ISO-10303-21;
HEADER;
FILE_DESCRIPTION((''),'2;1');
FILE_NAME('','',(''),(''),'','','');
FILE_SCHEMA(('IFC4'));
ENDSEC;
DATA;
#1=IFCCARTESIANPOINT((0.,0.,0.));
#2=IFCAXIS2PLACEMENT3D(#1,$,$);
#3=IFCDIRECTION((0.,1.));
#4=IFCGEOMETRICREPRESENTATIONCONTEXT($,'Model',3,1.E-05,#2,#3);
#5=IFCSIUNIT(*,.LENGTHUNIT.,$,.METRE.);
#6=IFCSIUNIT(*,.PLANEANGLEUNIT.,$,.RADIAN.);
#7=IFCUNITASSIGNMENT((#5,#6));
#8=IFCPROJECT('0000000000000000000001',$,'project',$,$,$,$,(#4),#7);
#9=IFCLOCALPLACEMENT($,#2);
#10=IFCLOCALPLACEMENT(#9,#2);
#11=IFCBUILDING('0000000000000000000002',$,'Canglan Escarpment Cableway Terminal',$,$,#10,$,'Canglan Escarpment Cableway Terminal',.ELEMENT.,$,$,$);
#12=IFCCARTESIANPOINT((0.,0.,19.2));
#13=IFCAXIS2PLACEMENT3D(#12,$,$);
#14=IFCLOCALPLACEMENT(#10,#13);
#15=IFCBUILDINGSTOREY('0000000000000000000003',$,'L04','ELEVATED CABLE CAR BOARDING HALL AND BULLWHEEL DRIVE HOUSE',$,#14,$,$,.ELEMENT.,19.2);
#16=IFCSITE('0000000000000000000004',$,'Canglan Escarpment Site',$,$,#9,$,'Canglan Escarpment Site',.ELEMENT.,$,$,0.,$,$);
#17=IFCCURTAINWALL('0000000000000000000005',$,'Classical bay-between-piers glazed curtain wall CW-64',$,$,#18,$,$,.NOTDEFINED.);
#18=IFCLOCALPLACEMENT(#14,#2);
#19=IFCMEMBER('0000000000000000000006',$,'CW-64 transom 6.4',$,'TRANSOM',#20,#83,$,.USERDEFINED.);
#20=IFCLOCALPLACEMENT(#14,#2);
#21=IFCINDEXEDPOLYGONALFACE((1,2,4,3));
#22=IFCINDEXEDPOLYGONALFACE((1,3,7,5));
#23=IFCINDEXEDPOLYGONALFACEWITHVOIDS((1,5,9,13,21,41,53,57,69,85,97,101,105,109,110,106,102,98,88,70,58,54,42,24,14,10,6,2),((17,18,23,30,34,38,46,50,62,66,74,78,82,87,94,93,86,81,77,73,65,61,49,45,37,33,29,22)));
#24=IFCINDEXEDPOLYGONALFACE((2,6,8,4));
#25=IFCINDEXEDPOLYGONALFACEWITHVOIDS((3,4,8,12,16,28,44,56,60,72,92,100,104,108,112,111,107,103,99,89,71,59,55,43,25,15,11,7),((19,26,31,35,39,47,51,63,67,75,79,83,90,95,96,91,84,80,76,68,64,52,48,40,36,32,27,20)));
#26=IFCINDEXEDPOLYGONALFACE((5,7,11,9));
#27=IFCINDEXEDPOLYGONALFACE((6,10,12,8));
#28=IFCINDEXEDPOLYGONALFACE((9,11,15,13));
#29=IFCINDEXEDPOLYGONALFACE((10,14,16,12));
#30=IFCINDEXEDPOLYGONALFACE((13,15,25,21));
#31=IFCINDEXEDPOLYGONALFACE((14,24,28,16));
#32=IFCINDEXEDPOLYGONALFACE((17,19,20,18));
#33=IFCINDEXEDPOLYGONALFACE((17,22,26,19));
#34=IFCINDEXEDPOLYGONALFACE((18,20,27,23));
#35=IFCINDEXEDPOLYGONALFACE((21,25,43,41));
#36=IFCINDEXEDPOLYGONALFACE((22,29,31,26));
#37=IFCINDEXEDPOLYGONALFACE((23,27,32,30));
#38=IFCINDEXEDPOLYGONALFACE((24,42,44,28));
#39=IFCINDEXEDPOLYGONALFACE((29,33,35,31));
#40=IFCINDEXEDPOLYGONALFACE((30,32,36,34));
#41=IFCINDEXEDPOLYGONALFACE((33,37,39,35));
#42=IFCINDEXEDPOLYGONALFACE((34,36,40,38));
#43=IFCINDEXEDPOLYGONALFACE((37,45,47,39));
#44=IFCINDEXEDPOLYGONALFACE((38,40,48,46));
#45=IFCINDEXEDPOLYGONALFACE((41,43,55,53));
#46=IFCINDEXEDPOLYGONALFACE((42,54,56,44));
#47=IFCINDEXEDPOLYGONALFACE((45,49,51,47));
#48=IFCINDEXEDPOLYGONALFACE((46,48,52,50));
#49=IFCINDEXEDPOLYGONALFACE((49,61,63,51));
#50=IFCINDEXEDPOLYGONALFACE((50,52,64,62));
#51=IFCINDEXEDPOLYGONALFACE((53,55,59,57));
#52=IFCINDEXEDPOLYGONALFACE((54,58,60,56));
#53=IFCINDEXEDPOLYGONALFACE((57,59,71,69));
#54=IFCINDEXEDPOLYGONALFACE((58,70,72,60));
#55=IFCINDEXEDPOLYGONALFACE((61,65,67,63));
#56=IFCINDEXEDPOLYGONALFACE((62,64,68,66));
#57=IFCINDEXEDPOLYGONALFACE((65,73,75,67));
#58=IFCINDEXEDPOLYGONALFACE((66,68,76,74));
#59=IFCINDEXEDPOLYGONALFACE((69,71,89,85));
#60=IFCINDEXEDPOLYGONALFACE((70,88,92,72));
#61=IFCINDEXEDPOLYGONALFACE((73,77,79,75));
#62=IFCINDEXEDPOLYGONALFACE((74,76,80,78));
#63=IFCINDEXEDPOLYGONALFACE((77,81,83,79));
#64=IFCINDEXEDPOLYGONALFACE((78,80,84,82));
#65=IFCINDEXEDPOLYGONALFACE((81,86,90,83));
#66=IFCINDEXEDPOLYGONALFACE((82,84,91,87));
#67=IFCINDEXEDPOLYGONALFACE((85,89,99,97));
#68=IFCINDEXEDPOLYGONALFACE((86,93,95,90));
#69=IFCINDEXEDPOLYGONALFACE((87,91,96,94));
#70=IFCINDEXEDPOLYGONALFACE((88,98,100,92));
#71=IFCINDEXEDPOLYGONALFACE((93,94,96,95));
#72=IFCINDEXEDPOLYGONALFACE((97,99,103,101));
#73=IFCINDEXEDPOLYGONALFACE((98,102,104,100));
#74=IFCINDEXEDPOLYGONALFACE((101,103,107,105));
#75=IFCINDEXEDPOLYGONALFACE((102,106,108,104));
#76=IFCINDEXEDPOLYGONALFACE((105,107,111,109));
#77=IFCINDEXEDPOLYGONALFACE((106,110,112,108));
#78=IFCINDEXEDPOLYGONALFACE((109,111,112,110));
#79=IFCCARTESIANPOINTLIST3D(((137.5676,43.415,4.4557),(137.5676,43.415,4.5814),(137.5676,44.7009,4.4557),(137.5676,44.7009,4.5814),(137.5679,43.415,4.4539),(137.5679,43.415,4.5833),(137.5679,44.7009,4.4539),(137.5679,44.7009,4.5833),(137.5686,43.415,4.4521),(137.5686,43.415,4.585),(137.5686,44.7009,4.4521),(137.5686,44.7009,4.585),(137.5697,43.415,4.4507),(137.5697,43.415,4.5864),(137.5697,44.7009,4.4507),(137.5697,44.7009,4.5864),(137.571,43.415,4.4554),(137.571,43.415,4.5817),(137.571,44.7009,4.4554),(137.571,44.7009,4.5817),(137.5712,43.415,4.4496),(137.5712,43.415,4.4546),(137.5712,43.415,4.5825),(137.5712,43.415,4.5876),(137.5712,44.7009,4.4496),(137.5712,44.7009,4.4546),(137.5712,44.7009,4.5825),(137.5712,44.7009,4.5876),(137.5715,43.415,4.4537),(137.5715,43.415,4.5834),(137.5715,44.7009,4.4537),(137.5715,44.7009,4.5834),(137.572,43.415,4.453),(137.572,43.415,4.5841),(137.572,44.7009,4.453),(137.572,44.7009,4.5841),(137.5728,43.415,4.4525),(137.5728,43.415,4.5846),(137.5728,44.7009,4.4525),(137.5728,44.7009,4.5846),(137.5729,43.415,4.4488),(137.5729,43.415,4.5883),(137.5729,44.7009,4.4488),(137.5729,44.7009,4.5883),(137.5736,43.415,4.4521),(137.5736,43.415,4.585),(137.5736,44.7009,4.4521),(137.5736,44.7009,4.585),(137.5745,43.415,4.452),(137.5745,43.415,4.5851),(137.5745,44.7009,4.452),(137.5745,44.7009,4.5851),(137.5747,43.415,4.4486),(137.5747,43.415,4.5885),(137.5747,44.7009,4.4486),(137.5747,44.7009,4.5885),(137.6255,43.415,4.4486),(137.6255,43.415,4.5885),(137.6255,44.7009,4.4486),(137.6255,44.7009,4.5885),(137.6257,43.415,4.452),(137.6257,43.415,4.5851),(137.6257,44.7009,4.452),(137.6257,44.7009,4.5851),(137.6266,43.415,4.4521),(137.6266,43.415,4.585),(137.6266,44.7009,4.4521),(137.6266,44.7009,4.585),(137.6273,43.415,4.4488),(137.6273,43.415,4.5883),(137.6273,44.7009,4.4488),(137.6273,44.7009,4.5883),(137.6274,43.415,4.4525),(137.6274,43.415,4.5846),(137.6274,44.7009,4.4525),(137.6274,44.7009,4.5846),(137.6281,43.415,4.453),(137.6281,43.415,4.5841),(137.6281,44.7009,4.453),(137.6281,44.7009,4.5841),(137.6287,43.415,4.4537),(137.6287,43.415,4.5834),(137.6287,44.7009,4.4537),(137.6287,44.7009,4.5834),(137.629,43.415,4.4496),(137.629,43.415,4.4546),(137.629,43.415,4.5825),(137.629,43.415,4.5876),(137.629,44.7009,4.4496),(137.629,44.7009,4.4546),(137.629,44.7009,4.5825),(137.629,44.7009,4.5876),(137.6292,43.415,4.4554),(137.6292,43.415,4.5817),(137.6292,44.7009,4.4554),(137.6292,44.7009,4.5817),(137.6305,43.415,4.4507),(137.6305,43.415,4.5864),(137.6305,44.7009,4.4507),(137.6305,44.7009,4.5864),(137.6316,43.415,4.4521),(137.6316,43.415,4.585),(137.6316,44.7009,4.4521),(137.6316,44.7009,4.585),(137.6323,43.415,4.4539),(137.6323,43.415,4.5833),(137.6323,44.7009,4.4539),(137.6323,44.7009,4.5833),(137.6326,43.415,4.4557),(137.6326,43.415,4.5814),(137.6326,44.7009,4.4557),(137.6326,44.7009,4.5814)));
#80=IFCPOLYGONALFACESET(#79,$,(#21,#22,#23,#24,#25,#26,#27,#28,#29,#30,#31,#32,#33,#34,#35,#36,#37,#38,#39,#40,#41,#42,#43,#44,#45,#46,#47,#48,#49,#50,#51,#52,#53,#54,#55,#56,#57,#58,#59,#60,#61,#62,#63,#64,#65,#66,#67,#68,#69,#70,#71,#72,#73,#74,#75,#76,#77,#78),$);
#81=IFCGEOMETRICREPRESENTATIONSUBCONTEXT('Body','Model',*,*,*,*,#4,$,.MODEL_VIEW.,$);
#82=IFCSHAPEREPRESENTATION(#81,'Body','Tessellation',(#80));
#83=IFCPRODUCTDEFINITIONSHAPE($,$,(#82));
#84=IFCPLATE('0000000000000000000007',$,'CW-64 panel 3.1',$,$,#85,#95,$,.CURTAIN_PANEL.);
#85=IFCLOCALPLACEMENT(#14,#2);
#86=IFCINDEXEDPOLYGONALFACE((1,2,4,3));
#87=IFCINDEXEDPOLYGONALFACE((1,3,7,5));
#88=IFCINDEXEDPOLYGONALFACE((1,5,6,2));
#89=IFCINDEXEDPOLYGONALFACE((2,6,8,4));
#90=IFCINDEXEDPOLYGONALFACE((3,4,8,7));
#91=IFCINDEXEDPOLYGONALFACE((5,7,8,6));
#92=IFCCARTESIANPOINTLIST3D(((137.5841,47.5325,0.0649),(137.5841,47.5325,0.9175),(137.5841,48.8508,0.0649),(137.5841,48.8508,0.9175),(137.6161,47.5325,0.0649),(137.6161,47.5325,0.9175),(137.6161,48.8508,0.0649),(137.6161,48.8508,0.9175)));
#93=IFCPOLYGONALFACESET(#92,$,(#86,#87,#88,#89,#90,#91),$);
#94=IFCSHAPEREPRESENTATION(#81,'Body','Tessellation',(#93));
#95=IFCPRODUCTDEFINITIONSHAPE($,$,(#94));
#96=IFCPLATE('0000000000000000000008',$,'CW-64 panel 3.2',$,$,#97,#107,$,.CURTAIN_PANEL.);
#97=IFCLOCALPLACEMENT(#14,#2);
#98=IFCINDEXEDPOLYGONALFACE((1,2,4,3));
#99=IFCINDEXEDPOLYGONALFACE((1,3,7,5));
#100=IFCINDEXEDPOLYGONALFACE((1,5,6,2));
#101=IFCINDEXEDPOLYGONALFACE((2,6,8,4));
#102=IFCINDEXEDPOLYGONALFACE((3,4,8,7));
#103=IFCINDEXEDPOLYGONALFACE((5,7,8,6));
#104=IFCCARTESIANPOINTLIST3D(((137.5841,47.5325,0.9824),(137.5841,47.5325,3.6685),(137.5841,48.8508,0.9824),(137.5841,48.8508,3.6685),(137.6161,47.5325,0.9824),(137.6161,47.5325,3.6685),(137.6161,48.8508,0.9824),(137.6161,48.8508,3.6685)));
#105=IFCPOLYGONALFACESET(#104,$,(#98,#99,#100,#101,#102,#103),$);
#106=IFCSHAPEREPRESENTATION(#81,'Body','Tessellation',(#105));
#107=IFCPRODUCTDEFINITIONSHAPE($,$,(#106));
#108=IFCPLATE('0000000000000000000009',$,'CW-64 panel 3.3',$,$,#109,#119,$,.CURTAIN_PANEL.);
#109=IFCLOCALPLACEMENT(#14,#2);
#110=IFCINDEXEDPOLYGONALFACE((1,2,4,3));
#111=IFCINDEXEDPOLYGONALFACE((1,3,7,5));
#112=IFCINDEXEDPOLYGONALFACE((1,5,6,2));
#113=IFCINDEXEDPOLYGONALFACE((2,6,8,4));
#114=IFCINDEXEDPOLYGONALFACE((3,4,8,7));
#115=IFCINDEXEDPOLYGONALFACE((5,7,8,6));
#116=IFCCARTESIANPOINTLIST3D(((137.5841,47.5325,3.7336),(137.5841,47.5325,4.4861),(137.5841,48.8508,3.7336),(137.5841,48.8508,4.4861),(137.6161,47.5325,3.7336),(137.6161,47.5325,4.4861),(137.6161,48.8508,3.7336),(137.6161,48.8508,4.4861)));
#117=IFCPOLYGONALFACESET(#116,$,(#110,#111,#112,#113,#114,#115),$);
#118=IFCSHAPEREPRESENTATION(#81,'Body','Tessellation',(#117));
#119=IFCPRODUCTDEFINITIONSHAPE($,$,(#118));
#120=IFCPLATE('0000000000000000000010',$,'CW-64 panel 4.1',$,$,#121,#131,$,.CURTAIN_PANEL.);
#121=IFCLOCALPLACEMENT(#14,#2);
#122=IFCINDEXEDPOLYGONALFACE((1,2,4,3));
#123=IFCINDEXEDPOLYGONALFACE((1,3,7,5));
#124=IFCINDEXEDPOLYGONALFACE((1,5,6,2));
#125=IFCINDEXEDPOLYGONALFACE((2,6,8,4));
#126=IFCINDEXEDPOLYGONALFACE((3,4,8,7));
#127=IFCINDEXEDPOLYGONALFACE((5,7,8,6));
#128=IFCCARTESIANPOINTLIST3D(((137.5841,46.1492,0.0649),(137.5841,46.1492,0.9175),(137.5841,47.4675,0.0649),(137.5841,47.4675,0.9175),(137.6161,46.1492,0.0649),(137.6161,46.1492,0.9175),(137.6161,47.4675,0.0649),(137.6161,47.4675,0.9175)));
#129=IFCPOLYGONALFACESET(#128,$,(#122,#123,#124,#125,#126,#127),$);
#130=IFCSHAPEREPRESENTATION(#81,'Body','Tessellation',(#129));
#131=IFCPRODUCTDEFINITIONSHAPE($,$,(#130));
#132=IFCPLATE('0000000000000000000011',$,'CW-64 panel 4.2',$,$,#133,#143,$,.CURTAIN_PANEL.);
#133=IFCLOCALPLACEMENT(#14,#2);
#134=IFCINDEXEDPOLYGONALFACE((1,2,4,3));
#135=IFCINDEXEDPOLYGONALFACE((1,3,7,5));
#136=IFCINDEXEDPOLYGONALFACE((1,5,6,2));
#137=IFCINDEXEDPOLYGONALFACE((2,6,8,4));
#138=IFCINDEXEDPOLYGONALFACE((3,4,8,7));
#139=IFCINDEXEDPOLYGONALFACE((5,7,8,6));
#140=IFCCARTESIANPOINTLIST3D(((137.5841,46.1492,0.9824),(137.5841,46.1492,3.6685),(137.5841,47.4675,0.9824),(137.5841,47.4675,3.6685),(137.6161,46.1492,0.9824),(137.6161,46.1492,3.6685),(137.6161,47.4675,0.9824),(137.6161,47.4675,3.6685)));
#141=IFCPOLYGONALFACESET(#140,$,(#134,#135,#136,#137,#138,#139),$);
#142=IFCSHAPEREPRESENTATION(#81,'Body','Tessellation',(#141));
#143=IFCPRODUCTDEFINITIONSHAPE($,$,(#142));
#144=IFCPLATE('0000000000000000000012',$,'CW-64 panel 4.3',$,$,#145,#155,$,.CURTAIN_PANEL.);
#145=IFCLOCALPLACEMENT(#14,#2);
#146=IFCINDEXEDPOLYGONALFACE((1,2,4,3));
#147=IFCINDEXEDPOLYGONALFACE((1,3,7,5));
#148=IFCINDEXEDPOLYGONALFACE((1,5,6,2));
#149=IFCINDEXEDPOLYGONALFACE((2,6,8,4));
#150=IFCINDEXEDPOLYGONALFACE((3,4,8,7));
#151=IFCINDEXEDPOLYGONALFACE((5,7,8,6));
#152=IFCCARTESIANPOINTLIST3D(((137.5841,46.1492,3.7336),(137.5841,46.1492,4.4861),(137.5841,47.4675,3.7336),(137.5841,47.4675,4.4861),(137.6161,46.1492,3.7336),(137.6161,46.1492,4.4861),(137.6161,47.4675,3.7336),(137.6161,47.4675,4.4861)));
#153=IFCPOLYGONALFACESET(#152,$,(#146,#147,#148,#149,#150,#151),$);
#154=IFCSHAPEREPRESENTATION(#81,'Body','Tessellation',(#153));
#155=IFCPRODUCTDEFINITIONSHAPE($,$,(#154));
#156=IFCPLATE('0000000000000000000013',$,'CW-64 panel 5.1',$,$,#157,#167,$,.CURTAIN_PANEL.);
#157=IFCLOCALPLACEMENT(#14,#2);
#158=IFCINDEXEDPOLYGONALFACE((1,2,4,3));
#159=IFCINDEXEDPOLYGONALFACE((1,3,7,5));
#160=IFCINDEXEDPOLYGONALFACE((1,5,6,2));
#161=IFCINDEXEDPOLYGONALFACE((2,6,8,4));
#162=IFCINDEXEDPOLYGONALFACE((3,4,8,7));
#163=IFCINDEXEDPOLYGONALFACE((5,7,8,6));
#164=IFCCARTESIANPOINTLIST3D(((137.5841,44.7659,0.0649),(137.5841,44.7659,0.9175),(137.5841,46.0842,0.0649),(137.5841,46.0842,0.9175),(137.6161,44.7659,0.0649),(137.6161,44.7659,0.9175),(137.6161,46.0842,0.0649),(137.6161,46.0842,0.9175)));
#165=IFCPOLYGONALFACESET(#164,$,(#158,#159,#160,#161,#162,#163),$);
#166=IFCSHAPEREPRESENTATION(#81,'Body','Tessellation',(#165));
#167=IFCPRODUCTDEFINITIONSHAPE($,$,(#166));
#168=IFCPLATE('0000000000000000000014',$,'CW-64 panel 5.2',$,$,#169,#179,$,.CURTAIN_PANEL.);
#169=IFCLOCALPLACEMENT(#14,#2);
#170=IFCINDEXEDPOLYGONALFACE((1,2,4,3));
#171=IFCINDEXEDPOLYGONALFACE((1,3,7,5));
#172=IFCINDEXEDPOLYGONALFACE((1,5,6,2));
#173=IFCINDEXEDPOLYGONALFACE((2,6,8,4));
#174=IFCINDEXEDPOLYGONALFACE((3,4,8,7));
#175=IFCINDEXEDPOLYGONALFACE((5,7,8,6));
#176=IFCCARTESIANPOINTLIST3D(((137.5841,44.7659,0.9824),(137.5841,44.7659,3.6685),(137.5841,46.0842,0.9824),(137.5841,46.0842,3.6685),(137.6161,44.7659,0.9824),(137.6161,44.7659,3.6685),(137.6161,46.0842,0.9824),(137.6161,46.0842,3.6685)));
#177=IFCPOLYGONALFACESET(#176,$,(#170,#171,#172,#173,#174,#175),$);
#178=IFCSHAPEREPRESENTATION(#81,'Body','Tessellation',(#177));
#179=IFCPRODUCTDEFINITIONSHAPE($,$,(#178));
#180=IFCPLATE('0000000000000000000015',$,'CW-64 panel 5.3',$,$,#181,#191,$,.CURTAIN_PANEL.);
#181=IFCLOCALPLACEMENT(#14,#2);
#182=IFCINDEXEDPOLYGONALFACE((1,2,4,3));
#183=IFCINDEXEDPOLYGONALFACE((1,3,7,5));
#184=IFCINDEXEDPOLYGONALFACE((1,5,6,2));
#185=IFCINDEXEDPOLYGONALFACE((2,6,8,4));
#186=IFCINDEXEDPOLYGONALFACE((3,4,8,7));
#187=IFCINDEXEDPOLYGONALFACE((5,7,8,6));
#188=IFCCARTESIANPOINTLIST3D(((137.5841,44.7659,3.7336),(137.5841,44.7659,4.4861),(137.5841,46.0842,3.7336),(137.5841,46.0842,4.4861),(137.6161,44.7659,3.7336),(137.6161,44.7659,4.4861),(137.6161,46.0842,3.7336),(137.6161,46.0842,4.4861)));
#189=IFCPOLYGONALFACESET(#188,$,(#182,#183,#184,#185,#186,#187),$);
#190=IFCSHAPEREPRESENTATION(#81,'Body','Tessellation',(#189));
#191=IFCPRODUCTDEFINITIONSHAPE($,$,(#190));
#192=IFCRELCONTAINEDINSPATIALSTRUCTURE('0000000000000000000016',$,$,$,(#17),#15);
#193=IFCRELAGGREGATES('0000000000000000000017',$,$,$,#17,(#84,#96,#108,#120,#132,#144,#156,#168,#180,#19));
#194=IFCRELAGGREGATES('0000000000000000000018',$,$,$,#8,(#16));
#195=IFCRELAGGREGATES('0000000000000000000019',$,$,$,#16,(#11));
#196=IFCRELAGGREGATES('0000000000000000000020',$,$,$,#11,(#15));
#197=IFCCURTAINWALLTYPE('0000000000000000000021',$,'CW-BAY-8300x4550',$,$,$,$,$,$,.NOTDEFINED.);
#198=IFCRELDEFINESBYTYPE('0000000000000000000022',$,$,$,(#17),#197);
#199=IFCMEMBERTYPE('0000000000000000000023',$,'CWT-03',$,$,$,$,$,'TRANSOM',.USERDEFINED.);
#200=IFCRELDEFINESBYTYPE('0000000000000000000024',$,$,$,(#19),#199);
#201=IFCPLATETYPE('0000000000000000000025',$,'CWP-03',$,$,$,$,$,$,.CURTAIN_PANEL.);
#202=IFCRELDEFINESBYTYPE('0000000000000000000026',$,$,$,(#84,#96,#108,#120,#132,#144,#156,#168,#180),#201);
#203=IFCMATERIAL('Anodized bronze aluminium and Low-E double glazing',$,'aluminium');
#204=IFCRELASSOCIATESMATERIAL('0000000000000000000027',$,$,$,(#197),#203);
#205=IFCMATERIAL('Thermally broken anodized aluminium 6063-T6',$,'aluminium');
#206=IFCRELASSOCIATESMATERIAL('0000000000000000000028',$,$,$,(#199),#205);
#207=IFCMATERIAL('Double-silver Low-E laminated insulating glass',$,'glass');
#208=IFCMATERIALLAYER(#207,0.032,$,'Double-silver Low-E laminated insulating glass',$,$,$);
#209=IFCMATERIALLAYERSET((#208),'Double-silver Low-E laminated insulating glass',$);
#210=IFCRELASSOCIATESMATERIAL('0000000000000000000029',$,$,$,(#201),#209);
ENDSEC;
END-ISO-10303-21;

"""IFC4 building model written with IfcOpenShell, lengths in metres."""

from ifc_helpers import new_model, si_unit, direction, frame, origin, origin_2d, place, context, subcontext, project, spatial, rectangle, hollow_rectangle, extrude, material, layer, layer_set, material_profile, profile_set, type_object, element, aggregate, save


model = new_model("IFC4")

# Units and contexts
model_context = context("Model", 3, precision=1e-05, world=origin(), true_north=direction((0.0, 1.0)))
body_context = subcontext(model_context, "Body", "Model", "MODEL_VIEW")
ifc_project = project(units=[si_unit("LENGTHUNIT", "METRE"), si_unit("PLANEANGLEUNIT", "RADIAN")], contexts=[model_context])

# Site, building, storey
site_placement = place(None, origin())
site = spatial("IfcSite", under=ifc_project, at=site_placement, Name="Canglan Escarpment Site", LongName="Canglan Escarpment Site", CompositionType="ELEMENT", RefElevation=0.0)
building_placement = place(site_placement, origin())
building = spatial("IfcBuilding", under=site, at=building_placement, Name="Canglan Escarpment Cableway Terminal", LongName="Canglan Escarpment Cableway Terminal", CompositionType="ELEMENT")
storey_placement = place(building_placement, frame((0.0, 0.0, 19.2)))
storey = spatial("IfcBuildingStorey", under=building, at=storey_placement, Name="L04", Description="ELEVATED CABLE CAR BOARDING HALL AND BULLWHEEL DRIVE HOUSE", CompositionType="ELEMENT", Elevation=19.2)

# Curtain wall, member, plates
ifc_material_1 = material(Name="Anodized bronze aluminium and Low-E double glazing", Category="aluminium")
curtain_wall_type = type_object("IfcCurtainWallType", Name="CW-BAY-8300x4550", PredefinedType="NOTDEFINED", material=ifc_material_1)
curtain_wall_placement = place(storey_placement, origin())
curtain_wall = element("IfcCurtainWall", 1, at=curtain_wall_placement, inside=storey, type_object=curtain_wall_type, Name="Classical bay-between-piers glazed curtain wall CW-64", PredefinedType="NOTDEFINED")
ifc_material_2 = material(Name="Thermally broken anodized aluminium 6063-T6", Category="aluminium")
ifc_material_profile_1 = material_profile(ifc_material_2, hollow_rectangle(XDim=0.0649, YDim=0.1399, WallThickness=0.0034, InnerFilletRadius=0.0034, OuterFilletRadius=0.0071, at=origin_2d()), Name="ALU-TRAN 65x140x3.5")
ifc_profile_set_1 = profile_set([ifc_material_profile_1], Name="Thermally broken anodized aluminium 6063-T6")
member_type_1 = type_object("IfcMemberType", Name="CWT-03", ElementType="TRANSOM", PredefinedType="USERDEFINED", material=ifc_profile_set_1)
member_1_placement = place(storey_placement, frame((137.6001, 44.7009, 4.5186), z_axis=(0.0, -1.0, 0.0), x_axis=(1.0, 0.0, 0.0)))
member_1 = element("IfcMember", 2, at=member_1_placement, type_object=member_type_1, Name="CW-64 transom 6.4", ObjectType="TRANSOM", PredefinedType="USERDEFINED", context=body_context, shape_type="SweptSolid", body=[
    extrude(hollow_rectangle(XDim=0.0649, YDim=0.1399, WallThickness=0.0034, InnerFilletRadius=0.0034, OuterFilletRadius=0.0071, at=origin_2d()), origin(), (0.0, 0.0, 1.0), 1.2859),
])
ifc_material_3 = material(Name="Double-silver Low-E laminated insulating glass", Category="glass")
ifc_layer_1 = layer(ifc_material_3, 0.032, Name="Double-silver Low-E laminated insulating glass")
ifc_layer_set_1 = layer_set([ifc_layer_1], Name="Double-silver Low-E laminated insulating glass")
plate_type = type_object("IfcPlateType", Name="CWP-03", PredefinedType="CURTAIN_PANEL", material=ifc_layer_set_1)
plate_1_placement = place(storey_placement, frame((137.6001, 48.1917, 0.0649), z_axis=(0.0, 0.0, 1.0), x_axis=(0.0, -1.0, 0.0)))
plate_1 = element("IfcPlate", 3, at=plate_1_placement, type_object=plate_type, Name="CW-64 panel 3.1", PredefinedType="CURTAIN_PANEL", context=body_context, shape_type="SweptSolid", body=[
    extrude(rectangle(XDim=1.3184, YDim=0.032, at=origin_2d()), origin(), (0.0, 0.0, 1.0), 0.8525),
])
plate_2_placement = place(storey_placement, frame((137.6001, 48.1917, 0.9824), z_axis=(0.0, 0.0, 1.0), x_axis=(0.0, -1.0, 0.0)))
plate_2 = element("IfcPlate", 4, at=plate_2_placement, type_object=plate_type, Name="CW-64 panel 3.2", PredefinedType="CURTAIN_PANEL", context=body_context, shape_type="SweptSolid", body=[
    extrude(rectangle(XDim=1.3184, YDim=0.032, at=origin_2d()), origin(), (0.0, 0.0, 1.0), 2.686),
])
plate_3_placement = place(storey_placement, frame((137.6001, 48.1917, 3.7336), z_axis=(0.0, 0.0, 1.0), x_axis=(0.0, -1.0, 0.0)))
plate_3 = element("IfcPlate", 5, at=plate_3_placement, type_object=plate_type, Name="CW-64 panel 3.3", PredefinedType="CURTAIN_PANEL", context=body_context, shape_type="SweptSolid", body=[
    extrude(rectangle(XDim=1.3184, YDim=0.032, at=origin_2d()), origin(), (0.0, 0.0, 1.0), 0.7524),
])
plate_4_placement = place(storey_placement, frame((137.6001, 46.8083, 0.0649), z_axis=(0.0, 0.0, 1.0), x_axis=(0.0, -1.0, 0.0)))
plate_4 = element("IfcPlate", 6, at=plate_4_placement, type_object=plate_type, Name="CW-64 panel 4.1", PredefinedType="CURTAIN_PANEL", context=body_context, shape_type="SweptSolid", body=[
    extrude(rectangle(XDim=1.3184, YDim=0.032, at=origin_2d()), origin(), (0.0, 0.0, 1.0), 0.8525),
])
plate_5_placement = place(storey_placement, frame((137.6001, 46.8083, 0.9824), z_axis=(0.0, 0.0, 1.0), x_axis=(0.0, -1.0, 0.0)))
plate_5 = element("IfcPlate", 7, at=plate_5_placement, type_object=plate_type, Name="CW-64 panel 4.2", PredefinedType="CURTAIN_PANEL", context=body_context, shape_type="SweptSolid", body=[
    extrude(rectangle(XDim=1.3184, YDim=0.032, at=origin_2d()), origin(), (0.0, 0.0, 1.0), 2.686),
])
plate_6_placement = place(storey_placement, frame((137.6001, 46.8083, 3.7336), z_axis=(0.0, 0.0, 1.0), x_axis=(0.0, -1.0, 0.0)))
plate_6 = element("IfcPlate", 8, at=plate_6_placement, type_object=plate_type, Name="CW-64 panel 4.3", PredefinedType="CURTAIN_PANEL", context=body_context, shape_type="SweptSolid", body=[
    extrude(rectangle(XDim=1.3184, YDim=0.032, at=origin_2d()), origin(), (0.0, 0.0, 1.0), 0.7524),
])
plate_7_placement = place(storey_placement, frame((137.6001, 45.425, 0.0649), z_axis=(0.0, 0.0, 1.0), x_axis=(0.0, -1.0, 0.0)))
plate_7 = element("IfcPlate", 9, at=plate_7_placement, type_object=plate_type, Name="CW-64 panel 5.1", PredefinedType="CURTAIN_PANEL", context=body_context, shape_type="SweptSolid", body=[
    extrude(rectangle(XDim=1.3184, YDim=0.032, at=origin_2d()), origin(), (0.0, 0.0, 1.0), 0.8525),
])
plate_8_placement = place(storey_placement, frame((137.6001, 45.425, 0.9824), z_axis=(0.0, 0.0, 1.0), x_axis=(0.0, -1.0, 0.0)))
plate_8 = element("IfcPlate", 10, at=plate_8_placement, type_object=plate_type, Name="CW-64 panel 5.2", PredefinedType="CURTAIN_PANEL", context=body_context, shape_type="SweptSolid", body=[
    extrude(rectangle(XDim=1.3184, YDim=0.032, at=origin_2d()), origin(), (0.0, 0.0, 1.0), 2.686),
])
plate_9_placement = place(storey_placement, frame((137.6001, 45.425, 3.7336), z_axis=(0.0, 0.0, 1.0), x_axis=(0.0, -1.0, 0.0)))
plate_9 = element("IfcPlate", 11, at=plate_9_placement, type_object=plate_type, Name="CW-64 panel 5.3", PredefinedType="CURTAIN_PANEL", context=body_context, shape_type="SweptSolid", body=[
    extrude(rectangle(XDim=1.3184, YDim=0.032, at=origin_2d()), origin(), (0.0, 0.0, 1.0), 0.7524),
])
aggregate(curtain_wall, [plate_1, plate_2, plate_3, plate_4, plate_5, plate_6, plate_7, plate_8, plate_9, member_1])

save(model, "model.ifc")
